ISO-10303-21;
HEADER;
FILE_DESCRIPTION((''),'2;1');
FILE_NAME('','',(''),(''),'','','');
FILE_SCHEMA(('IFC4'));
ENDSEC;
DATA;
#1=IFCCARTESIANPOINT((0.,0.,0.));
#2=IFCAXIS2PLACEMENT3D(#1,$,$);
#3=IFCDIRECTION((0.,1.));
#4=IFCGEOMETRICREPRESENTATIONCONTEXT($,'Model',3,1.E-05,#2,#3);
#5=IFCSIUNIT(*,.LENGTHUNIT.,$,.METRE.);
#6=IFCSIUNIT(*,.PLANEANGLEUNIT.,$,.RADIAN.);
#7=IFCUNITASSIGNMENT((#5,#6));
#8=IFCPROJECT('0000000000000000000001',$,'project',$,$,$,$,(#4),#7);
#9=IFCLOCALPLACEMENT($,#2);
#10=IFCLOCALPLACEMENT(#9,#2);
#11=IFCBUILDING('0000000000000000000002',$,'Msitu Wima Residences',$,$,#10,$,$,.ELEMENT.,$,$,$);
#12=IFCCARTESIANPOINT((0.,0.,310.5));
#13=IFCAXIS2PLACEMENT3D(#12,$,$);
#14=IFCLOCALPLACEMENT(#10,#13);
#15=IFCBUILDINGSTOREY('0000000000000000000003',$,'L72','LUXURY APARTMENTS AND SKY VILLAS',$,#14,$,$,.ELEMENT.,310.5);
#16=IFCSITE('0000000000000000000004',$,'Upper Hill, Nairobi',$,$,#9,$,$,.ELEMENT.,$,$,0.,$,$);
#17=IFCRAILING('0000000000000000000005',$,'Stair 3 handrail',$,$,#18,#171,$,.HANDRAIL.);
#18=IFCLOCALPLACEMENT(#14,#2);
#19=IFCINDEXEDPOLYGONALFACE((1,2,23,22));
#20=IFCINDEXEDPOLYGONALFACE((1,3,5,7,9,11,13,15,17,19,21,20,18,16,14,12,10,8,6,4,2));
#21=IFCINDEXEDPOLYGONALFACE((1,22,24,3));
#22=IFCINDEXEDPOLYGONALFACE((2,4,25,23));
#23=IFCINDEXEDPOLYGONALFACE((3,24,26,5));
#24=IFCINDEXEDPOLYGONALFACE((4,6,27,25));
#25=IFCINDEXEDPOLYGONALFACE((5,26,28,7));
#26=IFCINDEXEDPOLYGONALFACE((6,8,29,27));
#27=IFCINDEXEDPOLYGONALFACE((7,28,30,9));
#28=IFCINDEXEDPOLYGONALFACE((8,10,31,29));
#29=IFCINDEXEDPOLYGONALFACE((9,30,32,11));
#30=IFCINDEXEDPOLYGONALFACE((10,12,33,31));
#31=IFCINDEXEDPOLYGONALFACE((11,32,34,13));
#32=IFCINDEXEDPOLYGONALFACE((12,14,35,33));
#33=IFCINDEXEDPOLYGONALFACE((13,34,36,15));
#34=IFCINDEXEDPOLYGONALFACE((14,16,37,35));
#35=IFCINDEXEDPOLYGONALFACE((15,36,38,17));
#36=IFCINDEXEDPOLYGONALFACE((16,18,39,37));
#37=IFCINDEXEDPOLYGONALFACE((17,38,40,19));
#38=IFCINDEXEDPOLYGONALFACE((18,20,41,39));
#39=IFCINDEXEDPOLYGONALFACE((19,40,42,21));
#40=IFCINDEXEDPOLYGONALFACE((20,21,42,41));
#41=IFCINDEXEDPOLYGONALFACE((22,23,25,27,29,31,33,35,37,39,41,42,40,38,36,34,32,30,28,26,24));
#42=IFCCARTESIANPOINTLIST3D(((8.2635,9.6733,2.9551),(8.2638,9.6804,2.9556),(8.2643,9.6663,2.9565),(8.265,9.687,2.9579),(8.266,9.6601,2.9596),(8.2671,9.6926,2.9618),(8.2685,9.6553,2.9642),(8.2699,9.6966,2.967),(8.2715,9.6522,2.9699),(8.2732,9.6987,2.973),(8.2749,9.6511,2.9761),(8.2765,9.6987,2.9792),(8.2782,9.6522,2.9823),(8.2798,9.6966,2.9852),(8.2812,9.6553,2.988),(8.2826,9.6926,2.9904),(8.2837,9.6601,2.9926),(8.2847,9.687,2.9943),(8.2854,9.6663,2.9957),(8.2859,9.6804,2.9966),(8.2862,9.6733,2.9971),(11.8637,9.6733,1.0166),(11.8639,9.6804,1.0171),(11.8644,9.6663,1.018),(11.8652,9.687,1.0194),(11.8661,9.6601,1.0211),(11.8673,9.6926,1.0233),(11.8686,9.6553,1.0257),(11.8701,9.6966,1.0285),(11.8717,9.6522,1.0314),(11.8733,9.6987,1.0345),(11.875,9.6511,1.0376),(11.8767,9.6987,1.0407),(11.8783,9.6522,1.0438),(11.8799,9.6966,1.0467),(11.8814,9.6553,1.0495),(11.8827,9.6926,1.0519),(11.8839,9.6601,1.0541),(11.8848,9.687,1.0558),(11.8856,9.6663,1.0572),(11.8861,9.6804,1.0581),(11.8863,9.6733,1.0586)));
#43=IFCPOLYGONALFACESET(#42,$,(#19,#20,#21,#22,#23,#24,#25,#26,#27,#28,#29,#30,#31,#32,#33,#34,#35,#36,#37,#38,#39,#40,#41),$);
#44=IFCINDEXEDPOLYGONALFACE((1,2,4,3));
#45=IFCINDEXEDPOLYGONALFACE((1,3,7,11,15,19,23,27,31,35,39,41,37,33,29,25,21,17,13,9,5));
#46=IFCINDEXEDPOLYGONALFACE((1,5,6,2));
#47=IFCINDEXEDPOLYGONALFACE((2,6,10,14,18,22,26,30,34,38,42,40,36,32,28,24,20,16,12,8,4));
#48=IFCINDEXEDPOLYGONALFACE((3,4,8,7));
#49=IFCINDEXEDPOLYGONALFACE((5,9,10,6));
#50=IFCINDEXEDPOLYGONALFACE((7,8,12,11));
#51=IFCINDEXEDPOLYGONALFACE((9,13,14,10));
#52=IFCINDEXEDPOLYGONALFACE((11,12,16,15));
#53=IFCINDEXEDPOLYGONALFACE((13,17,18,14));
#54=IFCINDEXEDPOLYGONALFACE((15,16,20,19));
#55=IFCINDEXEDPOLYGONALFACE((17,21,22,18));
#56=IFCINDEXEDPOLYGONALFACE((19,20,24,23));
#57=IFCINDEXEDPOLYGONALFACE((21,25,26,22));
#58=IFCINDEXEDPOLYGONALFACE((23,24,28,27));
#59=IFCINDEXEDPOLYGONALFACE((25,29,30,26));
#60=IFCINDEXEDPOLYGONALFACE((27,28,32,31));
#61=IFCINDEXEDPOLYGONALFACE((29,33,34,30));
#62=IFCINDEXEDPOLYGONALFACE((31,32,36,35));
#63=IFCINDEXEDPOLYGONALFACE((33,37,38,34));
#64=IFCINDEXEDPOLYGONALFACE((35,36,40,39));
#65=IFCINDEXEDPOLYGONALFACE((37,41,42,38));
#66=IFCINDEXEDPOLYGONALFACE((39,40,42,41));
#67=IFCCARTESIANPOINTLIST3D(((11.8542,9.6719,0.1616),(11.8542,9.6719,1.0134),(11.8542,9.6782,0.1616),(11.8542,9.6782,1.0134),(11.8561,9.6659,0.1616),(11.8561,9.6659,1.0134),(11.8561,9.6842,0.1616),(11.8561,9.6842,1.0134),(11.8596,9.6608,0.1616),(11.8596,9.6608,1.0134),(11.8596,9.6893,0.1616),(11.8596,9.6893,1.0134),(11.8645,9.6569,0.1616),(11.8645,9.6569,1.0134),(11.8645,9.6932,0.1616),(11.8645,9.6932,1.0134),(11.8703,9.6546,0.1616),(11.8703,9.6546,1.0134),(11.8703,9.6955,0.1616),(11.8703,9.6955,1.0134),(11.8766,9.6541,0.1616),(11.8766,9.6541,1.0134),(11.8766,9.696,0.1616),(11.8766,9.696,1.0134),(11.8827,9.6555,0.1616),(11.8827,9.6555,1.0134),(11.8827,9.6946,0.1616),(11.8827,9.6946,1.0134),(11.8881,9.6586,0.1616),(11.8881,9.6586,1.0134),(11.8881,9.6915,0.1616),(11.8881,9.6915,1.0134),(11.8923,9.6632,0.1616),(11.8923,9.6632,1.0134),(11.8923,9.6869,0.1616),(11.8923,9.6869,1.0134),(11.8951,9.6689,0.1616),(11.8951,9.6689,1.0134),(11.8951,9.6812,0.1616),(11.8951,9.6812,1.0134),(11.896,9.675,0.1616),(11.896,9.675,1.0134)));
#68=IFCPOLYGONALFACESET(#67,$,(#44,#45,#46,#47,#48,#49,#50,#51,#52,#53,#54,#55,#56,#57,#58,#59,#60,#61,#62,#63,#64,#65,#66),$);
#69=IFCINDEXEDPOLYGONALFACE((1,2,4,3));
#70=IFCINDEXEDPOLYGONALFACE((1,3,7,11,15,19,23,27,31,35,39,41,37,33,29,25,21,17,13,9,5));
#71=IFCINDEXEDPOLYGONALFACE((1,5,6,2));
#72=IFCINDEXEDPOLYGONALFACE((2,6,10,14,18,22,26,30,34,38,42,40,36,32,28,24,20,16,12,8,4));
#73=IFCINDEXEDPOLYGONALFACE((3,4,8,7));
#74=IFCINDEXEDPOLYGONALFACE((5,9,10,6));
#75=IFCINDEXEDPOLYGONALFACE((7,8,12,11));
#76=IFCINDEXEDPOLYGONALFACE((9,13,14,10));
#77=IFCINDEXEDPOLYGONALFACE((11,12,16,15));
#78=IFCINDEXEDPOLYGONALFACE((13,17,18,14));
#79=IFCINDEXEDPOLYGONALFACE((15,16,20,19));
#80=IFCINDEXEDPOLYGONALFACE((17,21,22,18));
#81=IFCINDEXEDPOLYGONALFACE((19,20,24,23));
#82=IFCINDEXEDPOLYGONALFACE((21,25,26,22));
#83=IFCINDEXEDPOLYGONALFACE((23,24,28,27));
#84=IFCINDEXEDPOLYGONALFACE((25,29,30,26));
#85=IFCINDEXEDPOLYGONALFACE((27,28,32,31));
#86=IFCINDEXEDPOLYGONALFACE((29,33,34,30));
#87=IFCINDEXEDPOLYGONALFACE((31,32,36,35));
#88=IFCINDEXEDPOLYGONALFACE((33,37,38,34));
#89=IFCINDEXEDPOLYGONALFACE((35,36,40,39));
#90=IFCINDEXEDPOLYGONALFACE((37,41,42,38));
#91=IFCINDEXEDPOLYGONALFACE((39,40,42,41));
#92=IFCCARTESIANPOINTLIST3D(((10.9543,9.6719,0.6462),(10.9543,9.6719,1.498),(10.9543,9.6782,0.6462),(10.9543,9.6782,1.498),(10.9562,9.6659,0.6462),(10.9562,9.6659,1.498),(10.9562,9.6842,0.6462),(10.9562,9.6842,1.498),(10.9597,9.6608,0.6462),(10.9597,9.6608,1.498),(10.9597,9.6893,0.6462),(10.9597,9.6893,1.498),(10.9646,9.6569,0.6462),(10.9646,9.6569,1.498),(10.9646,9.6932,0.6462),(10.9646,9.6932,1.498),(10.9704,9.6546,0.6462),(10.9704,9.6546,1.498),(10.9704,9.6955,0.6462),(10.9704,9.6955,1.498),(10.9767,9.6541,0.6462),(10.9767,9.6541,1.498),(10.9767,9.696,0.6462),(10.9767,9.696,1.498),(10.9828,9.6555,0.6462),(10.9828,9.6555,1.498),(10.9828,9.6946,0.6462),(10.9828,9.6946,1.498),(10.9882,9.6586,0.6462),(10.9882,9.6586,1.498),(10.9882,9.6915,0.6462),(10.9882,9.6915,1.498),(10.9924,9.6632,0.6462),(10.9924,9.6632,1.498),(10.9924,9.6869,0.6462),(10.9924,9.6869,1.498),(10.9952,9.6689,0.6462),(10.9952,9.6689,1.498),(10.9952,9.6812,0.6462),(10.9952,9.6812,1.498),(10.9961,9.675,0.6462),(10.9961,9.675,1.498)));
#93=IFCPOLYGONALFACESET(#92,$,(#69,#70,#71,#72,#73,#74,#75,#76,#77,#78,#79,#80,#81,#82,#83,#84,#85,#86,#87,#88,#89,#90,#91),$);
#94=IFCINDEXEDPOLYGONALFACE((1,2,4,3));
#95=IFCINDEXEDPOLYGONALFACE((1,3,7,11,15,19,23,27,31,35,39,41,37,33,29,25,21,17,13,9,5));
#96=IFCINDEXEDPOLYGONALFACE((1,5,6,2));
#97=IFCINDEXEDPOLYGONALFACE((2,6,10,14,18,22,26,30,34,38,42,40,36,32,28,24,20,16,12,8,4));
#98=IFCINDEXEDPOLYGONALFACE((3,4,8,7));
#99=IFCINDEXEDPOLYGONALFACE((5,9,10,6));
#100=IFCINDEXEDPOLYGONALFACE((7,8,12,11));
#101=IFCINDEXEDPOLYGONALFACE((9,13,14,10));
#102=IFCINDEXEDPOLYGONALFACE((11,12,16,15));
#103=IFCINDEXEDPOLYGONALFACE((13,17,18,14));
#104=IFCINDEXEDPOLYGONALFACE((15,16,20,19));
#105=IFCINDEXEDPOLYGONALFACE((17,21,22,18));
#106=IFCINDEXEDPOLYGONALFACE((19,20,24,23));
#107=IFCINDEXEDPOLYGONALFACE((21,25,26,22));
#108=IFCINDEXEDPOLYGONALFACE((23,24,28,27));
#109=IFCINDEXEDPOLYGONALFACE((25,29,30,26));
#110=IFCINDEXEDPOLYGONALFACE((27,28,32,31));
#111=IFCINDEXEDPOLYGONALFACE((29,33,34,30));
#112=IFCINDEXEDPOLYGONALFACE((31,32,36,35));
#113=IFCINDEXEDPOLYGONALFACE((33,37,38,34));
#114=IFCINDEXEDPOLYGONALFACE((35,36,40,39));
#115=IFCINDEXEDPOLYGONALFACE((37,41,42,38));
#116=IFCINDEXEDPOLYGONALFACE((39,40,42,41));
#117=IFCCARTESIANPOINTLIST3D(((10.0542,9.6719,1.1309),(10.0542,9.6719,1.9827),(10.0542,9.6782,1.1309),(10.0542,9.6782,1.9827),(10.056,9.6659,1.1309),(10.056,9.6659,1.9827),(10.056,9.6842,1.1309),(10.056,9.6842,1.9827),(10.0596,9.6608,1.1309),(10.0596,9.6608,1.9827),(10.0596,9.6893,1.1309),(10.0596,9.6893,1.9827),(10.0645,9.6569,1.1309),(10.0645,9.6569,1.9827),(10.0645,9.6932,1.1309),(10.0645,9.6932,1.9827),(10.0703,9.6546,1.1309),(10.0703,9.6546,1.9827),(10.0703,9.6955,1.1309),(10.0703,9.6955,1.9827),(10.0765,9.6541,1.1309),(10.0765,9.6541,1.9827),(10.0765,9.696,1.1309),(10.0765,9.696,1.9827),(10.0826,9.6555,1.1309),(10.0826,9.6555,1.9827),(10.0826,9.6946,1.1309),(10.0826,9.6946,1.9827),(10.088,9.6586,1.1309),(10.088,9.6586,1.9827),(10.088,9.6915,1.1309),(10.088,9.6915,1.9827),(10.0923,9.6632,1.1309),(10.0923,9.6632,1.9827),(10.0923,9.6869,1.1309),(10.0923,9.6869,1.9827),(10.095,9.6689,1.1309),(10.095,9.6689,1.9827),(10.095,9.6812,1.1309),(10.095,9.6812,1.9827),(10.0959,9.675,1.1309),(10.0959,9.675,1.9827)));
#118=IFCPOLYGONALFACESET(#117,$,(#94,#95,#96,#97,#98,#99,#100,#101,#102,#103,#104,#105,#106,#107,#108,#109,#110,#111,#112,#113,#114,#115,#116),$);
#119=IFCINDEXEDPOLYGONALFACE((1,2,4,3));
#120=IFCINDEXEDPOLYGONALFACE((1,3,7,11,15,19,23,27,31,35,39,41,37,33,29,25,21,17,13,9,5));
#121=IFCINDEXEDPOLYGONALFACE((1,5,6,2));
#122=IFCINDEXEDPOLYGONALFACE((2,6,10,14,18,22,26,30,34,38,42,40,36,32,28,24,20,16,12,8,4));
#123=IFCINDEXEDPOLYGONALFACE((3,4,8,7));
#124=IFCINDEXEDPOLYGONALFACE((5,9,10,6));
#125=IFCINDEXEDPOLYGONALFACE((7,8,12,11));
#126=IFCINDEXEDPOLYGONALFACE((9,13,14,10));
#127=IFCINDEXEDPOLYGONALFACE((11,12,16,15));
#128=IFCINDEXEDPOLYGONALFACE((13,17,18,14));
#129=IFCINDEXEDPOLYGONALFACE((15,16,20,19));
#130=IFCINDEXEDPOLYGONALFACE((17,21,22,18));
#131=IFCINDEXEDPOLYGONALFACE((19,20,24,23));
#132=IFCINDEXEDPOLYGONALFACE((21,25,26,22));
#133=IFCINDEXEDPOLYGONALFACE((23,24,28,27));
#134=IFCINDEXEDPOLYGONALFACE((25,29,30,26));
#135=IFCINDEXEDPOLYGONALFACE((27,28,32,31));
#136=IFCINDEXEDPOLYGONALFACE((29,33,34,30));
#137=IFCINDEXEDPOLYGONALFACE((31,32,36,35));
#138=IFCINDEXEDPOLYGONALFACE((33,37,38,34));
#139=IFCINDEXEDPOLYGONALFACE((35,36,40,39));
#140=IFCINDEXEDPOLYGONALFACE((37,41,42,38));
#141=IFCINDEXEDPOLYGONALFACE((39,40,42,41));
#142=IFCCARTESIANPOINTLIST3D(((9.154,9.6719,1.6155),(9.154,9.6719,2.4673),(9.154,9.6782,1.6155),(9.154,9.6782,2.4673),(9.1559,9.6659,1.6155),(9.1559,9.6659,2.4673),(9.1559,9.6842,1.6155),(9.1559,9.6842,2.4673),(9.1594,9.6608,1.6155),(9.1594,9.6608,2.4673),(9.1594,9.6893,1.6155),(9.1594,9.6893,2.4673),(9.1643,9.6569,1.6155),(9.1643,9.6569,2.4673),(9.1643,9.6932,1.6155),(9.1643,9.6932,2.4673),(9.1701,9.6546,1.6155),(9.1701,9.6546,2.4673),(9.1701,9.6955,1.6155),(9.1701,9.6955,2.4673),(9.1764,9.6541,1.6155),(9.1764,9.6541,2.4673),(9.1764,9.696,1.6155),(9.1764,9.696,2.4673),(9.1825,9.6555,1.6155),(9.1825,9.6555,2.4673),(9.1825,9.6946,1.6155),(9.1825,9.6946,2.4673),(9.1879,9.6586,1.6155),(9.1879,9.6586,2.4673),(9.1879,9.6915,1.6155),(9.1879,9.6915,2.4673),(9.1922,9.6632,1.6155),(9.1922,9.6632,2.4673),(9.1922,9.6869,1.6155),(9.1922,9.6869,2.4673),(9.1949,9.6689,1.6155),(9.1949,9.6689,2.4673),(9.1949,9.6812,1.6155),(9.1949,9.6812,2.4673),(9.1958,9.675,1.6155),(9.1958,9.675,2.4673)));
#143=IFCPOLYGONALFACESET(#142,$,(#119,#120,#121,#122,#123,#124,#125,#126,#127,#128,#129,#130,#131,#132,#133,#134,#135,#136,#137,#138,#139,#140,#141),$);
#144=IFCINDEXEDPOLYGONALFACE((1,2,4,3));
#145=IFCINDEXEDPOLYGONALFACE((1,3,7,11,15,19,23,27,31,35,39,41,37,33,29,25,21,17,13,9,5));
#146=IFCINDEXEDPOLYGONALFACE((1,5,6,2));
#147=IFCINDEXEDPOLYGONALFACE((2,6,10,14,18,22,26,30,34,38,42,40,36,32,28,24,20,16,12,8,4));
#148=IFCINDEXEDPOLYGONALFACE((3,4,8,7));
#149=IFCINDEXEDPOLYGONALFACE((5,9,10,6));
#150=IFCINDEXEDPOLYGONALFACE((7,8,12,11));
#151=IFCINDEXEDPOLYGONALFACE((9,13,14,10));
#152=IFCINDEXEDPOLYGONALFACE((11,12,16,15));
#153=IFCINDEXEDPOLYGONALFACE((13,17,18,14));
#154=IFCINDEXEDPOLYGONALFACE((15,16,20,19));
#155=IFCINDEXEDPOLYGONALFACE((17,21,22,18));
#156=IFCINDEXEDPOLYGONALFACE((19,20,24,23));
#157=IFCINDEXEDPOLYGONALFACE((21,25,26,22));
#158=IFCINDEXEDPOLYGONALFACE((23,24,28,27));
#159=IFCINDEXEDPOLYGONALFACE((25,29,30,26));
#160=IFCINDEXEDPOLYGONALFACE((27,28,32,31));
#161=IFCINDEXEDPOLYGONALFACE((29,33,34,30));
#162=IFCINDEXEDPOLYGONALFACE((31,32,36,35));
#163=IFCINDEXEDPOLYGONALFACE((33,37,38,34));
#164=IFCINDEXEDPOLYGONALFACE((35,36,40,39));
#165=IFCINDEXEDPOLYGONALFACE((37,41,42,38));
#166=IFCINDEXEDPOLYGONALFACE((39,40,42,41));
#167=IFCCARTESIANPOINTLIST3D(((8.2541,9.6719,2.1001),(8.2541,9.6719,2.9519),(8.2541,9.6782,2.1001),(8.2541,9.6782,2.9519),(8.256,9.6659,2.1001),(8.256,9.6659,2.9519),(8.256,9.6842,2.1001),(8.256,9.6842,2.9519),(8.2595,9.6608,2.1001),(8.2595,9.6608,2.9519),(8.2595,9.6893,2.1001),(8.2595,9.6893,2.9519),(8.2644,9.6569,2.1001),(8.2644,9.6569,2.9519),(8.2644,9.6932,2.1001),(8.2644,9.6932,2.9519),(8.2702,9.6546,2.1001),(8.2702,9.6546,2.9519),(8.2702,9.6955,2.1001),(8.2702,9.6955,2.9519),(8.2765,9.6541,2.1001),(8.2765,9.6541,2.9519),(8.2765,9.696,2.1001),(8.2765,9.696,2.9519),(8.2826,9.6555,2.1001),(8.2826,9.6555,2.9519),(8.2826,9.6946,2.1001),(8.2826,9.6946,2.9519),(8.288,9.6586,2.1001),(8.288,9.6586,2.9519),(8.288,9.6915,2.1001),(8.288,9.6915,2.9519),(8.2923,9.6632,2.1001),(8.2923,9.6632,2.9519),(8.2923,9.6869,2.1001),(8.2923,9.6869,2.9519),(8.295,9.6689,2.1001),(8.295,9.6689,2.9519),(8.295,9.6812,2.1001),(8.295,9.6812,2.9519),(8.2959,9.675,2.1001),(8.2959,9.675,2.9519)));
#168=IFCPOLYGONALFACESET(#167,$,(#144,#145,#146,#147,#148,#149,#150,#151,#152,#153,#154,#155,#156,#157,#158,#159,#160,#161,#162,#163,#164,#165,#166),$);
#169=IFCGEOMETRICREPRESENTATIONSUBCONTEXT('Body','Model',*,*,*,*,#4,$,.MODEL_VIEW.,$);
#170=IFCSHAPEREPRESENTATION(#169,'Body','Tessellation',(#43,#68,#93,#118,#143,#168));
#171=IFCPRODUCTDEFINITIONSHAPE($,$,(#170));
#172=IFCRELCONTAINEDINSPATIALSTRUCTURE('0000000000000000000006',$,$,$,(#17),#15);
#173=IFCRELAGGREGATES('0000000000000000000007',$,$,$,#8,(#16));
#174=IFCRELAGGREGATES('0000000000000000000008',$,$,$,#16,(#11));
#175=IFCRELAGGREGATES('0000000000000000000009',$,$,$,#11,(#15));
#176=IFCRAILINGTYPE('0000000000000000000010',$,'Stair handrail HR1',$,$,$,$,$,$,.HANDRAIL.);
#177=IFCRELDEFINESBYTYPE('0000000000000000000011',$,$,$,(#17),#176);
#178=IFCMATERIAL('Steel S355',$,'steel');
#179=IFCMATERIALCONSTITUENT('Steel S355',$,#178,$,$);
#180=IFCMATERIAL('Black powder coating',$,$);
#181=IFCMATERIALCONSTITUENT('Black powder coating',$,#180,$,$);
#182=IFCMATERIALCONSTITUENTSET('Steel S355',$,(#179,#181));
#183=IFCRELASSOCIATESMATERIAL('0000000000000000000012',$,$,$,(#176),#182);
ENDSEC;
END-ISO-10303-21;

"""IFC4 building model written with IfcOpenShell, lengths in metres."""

from ifc_helpers import new_model, si_unit, direction, frame, origin, origin_2d, place, context, subcontext, project, spatial, circle, extrude, material, constituent, constituent_set, type_object, element, save


model = new_model("IFC4")

# Units and contexts
model_context = context("Model", 3, precision=1e-05, world=origin(), true_north=direction((0.0, 1.0)))
body_context = subcontext(model_context, "Body", "Model", "MODEL_VIEW")
ifc_project = project(units=[si_unit("LENGTHUNIT", "METRE"), si_unit("PLANEANGLEUNIT", "RADIAN")], contexts=[model_context])

# Site, building, storey
site_placement = place(None, origin())
site = spatial("IfcSite", under=ifc_project, at=site_placement, Name="Upper Hill, Nairobi", CompositionType="ELEMENT", RefElevation=0.0)
building_placement = place(site_placement, origin())
building = spatial("IfcBuilding", under=site, at=building_placement, Name="Msitu Wima Residences", CompositionType="ELEMENT")
storey_placement = place(building_placement, frame((0.0, 0.0, 310.5)))
storey = spatial("IfcBuildingStorey", under=building, at=storey_placement, Name="L72", Description="LUXURY APARTMENTS AND SKY VILLAS", CompositionType="ELEMENT", Elevation=310.5)

# Railing
ifc_material_1 = material(Name="Steel S355", Category="steel")
ifc_constituent_1 = constituent(ifc_material_1, Name="Steel S355")
ifc_material_2 = material(Name="Black powder coating")
ifc_constituent_2 = constituent(ifc_material_2, Name="Black powder coating")
ifc_constituent_set = constituent_set(constituents=[ifc_constituent_1, ifc_constituent_2], Name="Steel S355")
railing_type = type_object("IfcRailingType", Name="Stair handrail HR1", PredefinedType="HANDRAIL", material=ifc_constituent_set)
for number, where, name in (
    (1, (11.875, 9.675, 0.1616), "Stair 3 handrail"),
):
    element("IfcRailing", number, at=place(storey_placement, frame(where)), inside=storey, type_object=railing_type, Name=name, PredefinedType="HANDRAIL", context=body_context, shape_type="SweptSolid", body=[
        extrude(circle(Radius=0.0239, at=origin_2d()), frame((0.0, 0.0, 0.876), z_axis=(-0.880475, 0.0, 0.474093), x_axis=(0.0, -1.0, 0.0)), (0.0, 0.0, 1.0), 4.0889),
        extrude(circle(Radius=0.021, at=origin_2d()), origin(), (0.0, 0.0, 1.0), 0.8518),
        extrude(circle(Radius=0.021, at=origin_2d()), frame((-0.8999, 0.0, 0.4846)), (0.0, 0.0, 1.0), 0.8518),
        extrude(circle(Radius=0.021, at=origin_2d()), frame((-1.8, 0.0, 0.9692)), (0.0, 0.0, 1.0), 0.8518),
        extrude(circle(Radius=0.021, at=origin_2d()), frame((-2.7002, 0.0, 1.4539)), (0.0, 0.0, 1.0), 0.8518),
        extrude(circle(Radius=0.021, at=origin_2d()), frame((-3.6001, 0.0, 1.9385)), (0.0, 0.0, 1.0), 0.8518),
    ])

save(model, "model.ifc")
